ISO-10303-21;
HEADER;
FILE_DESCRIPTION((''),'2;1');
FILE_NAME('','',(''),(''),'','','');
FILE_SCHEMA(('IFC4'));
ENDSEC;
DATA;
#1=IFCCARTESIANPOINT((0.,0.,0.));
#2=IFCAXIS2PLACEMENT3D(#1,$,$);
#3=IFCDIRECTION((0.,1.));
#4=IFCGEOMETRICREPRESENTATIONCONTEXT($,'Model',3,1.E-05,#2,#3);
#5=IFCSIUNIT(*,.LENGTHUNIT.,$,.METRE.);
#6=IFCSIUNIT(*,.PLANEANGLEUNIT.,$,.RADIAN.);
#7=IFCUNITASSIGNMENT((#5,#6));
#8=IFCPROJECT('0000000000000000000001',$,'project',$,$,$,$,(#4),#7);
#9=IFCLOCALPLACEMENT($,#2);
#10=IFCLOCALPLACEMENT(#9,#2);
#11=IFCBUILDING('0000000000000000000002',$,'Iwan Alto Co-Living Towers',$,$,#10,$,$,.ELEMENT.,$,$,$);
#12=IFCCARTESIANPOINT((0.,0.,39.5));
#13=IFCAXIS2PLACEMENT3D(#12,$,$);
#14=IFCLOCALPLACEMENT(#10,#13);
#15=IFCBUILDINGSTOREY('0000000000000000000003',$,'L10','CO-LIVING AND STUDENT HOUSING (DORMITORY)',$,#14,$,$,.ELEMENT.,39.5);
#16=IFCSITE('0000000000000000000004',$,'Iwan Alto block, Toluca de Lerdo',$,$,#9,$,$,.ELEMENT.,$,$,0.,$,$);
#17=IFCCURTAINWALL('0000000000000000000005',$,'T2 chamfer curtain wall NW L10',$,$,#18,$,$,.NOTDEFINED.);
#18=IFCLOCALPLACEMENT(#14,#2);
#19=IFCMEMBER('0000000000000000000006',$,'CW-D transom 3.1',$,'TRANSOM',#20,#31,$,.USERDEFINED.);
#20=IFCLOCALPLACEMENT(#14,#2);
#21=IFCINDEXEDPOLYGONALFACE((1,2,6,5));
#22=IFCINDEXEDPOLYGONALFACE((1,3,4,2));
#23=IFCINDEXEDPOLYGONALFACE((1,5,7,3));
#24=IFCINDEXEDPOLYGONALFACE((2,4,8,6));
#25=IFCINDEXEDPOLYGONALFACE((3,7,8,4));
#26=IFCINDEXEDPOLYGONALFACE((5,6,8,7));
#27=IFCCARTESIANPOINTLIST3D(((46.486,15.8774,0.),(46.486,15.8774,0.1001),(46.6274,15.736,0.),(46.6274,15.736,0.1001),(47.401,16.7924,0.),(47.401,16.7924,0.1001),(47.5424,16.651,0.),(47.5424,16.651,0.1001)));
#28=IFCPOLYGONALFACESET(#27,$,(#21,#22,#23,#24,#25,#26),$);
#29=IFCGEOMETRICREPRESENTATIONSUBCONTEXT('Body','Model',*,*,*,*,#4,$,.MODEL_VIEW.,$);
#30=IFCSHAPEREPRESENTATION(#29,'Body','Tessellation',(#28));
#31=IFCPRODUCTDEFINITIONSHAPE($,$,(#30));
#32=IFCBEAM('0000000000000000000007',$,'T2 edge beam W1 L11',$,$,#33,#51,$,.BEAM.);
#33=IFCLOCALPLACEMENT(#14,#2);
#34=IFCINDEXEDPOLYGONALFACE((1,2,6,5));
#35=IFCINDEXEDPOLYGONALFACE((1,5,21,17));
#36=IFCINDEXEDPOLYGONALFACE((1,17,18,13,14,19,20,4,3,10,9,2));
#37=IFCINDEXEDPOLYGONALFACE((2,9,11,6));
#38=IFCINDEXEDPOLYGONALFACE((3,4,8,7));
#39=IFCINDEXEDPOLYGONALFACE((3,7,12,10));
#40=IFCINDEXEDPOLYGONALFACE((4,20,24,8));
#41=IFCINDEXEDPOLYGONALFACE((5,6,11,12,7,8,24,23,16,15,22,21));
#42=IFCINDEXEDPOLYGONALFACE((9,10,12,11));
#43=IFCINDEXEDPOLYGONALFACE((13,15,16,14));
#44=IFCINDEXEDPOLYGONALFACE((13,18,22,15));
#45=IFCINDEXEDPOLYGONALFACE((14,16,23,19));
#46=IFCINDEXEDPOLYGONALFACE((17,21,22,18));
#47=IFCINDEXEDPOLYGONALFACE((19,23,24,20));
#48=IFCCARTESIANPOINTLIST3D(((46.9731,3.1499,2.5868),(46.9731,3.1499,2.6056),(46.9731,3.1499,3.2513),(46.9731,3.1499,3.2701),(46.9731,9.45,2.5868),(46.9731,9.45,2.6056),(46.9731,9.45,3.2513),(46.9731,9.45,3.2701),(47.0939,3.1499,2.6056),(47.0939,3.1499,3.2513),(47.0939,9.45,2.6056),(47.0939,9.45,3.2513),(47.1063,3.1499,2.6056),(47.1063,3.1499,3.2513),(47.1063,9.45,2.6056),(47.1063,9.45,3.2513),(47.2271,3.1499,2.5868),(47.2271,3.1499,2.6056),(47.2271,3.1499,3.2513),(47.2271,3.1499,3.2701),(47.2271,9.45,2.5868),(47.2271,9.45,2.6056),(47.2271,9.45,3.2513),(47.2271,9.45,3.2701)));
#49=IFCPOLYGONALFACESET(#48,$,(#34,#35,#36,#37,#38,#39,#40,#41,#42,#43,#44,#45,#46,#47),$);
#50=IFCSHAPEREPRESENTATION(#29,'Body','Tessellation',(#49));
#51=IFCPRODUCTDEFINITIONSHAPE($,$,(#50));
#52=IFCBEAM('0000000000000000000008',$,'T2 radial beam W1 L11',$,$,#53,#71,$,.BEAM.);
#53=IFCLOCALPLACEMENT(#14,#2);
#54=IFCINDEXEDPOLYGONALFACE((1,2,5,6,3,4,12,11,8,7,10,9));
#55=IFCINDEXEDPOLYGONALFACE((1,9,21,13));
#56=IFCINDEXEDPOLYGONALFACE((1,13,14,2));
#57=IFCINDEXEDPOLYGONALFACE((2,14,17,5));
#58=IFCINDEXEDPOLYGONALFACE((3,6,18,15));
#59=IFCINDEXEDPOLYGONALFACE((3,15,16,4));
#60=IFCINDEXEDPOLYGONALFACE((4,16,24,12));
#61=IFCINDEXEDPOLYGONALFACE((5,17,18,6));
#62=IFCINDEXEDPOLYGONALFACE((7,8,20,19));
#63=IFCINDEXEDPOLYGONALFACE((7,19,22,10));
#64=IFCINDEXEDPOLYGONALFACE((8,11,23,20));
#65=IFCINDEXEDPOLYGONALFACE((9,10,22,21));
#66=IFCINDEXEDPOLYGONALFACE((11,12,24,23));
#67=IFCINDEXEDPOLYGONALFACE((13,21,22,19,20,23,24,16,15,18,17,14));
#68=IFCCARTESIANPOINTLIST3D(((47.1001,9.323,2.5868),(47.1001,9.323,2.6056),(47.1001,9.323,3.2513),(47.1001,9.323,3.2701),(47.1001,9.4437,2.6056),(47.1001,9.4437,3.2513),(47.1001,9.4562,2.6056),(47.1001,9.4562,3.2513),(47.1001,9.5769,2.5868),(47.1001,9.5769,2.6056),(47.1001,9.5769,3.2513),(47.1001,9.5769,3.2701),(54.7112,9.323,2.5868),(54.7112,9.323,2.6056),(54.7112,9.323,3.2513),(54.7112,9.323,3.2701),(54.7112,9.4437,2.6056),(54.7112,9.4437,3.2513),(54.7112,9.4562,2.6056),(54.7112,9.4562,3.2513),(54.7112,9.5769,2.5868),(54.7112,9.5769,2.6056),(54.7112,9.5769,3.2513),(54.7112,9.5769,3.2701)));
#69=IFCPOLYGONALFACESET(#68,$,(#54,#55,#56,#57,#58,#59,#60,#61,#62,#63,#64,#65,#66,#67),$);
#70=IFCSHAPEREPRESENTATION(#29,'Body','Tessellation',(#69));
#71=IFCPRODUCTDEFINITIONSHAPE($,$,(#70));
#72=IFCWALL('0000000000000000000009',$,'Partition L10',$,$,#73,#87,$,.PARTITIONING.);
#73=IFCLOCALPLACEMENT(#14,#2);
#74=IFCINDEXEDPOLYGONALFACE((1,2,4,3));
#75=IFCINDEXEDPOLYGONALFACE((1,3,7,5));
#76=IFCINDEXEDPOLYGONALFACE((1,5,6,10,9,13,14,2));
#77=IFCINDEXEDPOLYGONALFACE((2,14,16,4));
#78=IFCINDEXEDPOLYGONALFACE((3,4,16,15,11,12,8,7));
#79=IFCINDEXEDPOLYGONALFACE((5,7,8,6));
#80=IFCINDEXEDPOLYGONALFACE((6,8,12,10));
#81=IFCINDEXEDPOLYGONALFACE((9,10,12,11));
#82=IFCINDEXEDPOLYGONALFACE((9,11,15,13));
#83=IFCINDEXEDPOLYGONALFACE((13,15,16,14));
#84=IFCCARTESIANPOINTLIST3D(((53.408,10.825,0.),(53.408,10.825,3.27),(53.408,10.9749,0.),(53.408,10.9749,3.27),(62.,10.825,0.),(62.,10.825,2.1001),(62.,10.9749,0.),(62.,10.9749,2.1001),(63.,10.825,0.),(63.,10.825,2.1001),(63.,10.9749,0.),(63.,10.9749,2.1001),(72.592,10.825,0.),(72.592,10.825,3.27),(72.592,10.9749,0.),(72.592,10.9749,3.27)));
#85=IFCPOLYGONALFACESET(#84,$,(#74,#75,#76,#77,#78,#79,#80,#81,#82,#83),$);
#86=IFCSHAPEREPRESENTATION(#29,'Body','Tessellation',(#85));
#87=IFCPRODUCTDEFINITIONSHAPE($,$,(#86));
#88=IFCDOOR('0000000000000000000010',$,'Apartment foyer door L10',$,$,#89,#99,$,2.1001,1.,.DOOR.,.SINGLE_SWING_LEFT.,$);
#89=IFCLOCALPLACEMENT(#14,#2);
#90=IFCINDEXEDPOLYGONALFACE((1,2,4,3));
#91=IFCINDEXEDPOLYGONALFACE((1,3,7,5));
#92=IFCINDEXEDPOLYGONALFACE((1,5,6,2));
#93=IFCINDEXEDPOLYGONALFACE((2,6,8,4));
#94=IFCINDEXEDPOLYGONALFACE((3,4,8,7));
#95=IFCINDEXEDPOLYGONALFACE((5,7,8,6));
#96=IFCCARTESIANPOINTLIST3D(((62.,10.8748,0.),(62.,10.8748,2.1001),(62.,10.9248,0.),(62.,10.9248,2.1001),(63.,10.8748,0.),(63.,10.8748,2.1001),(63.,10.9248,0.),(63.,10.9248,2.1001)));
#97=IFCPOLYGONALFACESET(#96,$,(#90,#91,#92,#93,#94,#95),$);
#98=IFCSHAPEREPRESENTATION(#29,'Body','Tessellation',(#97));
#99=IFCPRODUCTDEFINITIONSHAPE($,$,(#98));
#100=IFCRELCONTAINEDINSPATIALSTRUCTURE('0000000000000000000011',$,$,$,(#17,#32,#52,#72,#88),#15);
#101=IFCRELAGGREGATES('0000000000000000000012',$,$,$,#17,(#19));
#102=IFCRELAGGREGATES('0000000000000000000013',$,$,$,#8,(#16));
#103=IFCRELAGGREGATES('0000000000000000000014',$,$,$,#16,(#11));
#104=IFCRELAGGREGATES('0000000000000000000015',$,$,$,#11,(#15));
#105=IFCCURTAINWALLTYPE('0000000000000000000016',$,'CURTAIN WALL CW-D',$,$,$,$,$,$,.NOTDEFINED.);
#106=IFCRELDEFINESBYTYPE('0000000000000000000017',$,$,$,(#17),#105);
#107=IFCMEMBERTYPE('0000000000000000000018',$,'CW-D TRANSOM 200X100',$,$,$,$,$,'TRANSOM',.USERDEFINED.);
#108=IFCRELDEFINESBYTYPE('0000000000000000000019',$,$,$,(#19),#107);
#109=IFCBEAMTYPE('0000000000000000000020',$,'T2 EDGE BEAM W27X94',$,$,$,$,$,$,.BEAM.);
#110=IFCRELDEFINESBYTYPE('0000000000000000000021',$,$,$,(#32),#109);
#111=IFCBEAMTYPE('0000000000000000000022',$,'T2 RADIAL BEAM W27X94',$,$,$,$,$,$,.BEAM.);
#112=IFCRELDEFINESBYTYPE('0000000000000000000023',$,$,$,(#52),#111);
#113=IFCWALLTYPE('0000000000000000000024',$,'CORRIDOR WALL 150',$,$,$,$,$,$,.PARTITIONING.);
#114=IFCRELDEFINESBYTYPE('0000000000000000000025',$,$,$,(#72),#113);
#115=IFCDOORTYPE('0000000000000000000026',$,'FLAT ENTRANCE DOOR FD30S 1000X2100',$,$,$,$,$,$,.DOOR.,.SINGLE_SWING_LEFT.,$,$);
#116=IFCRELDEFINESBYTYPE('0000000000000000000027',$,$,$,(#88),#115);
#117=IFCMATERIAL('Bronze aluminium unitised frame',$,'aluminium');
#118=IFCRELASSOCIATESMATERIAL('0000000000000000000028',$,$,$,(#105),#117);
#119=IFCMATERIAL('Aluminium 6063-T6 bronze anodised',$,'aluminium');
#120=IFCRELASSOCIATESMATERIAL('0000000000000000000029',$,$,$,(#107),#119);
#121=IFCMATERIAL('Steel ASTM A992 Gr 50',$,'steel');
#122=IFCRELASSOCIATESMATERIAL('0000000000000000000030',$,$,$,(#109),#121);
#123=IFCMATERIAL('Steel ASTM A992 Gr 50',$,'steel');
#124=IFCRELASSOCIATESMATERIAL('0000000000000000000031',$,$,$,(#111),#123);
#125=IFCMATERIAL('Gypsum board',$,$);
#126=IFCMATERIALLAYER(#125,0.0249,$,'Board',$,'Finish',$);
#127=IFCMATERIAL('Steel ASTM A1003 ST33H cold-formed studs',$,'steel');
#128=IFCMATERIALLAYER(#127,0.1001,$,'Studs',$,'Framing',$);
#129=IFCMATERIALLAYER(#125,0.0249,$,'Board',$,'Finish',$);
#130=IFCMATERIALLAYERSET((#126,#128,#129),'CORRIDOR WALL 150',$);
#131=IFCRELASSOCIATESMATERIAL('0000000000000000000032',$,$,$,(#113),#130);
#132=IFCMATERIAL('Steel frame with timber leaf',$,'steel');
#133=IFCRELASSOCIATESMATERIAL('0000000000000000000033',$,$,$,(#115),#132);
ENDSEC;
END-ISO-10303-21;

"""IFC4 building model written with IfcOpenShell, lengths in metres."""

from ifc_helpers import new_model, si_unit, direction, frame, frame_2d, origin, origin_2d, place, context, subcontext, project, spatial, rectangle, i_section, extrude, material, layer, layer_set, material_profile, profile_set, type_object, element, fill, aggregate, save


model = new_model("IFC4")

# Units and contexts
model_context = context("Model", 3, precision=1e-05, world=origin(), true_north=direction((0.0, 1.0)))
body_context = subcontext(model_context, "Body", "Model", "MODEL_VIEW")
ifc_project = project(units=[si_unit("LENGTHUNIT", "METRE"), si_unit("PLANEANGLEUNIT", "RADIAN")], contexts=[model_context])

# Site, building, storey
site_placement = place(None, origin())
site = spatial("IfcSite", under=ifc_project, at=site_placement, Name="Iwan Alto block, Toluca de Lerdo", CompositionType="ELEMENT", RefElevation=0.0)
building_placement = place(site_placement, origin())
building = spatial("IfcBuilding", under=site, at=building_placement, Name="Iwan Alto Co-Living Towers", CompositionType="ELEMENT")
storey_placement = place(building_placement, frame((0.0, 0.0, 39.5)))
storey = spatial("IfcBuildingStorey", under=building, at=storey_placement, Name="L10", Description="CO-LIVING AND STUDENT HOUSING (DORMITORY)", CompositionType="ELEMENT", Elevation=39.5)

# Curtain wall, member
ifc_material_1 = material(Name="Bronze aluminium unitised frame", Category="aluminium")
curtain_wall_type = type_object("IfcCurtainWallType", Name="CURTAIN WALL CW-D", PredefinedType="NOTDEFINED", material=ifc_material_1)
curtain_wall_placement = place(storey_placement, origin())
curtain_wall = element("IfcCurtainWall", 1, at=curtain_wall_placement, inside=storey, type_object=curtain_wall_type, Name="T2 chamfer curtain wall NW L10", PredefinedType="NOTDEFINED")
ifc_material_2 = material(Name="Aluminium 6063-T6 bronze anodised", Category="aluminium")
ifc_material_profile_1 = material_profile(ifc_material_2, rectangle(XDim=0.2, YDim=0.1001, at=origin_2d()), Name="AL 200X100")
ifc_profile_set_1 = profile_set([ifc_material_profile_1], Name="Aluminium 6063-T6 bronze anodised")
member_type = type_object("IfcMemberType", Name="CW-D TRANSOM 200X100", ElementType="TRANSOM", PredefinedType="USERDEFINED", material=ifc_profile_set_1)
member_placement = place(storey_placement, frame((47.4717, 16.7217, 0.05), z_axis=(-0.707107, -0.707107, 0.0), x_axis=(0.707107, -0.707107, 0.0)))
member = element("IfcMember", 2, at=member_placement, type_object=member_type, Name="CW-D transom 3.1", ObjectType="TRANSOM", PredefinedType="USERDEFINED", context=body_context, shape_type="SweptSolid", body=[
    extrude(rectangle(XDim=0.2, YDim=0.1001, at=origin_2d()), origin(), (0.0, 0.0, 1.0), 1.2939),
])
aggregate(curtain_wall, [member])

# Beams
ifc_material_3 = material(Name="Steel ASTM A992 Gr 50", Category="steel")
ifc_material_profile_2 = material_profile(ifc_material_3, i_section(OverallWidth=0.2539, OverallDepth=0.6833, WebThickness=0.0125, FlangeThickness=0.0188, at=origin_2d()), Name="W27X94")
ifc_profile_set_2 = profile_set([ifc_material_profile_2], Name="Steel ASTM A992 Gr 50")
beam_type_1 = type_object("IfcBeamType", Name="T2 EDGE BEAM W27X94", PredefinedType="BEAM", material=ifc_profile_set_2)
beam_1_placement = place(storey_placement, frame((47.1001, 9.45, 2.9285), z_axis=(0.0, -1.0, 0.0), x_axis=(1.0, 0.0, 0.0)))
element("IfcBeam", 3, at=beam_1_placement, inside=storey, type_object=beam_type_1, Name="T2 edge beam W1 L11", PredefinedType="BEAM", context=body_context, shape_type="SweptSolid", body=[
    extrude(i_section(OverallWidth=0.2539, OverallDepth=0.6833, WebThickness=0.0125, FlangeThickness=0.0188, at=origin_2d()), origin(), (0.0, 0.0, 1.0), 6.3),
])
ifc_material_4 = material(Name="Steel ASTM A992 Gr 50", Category="steel")
ifc_material_profile_3 = material_profile(ifc_material_4, i_section(OverallWidth=0.2539, OverallDepth=0.6833, WebThickness=0.0125, FlangeThickness=0.0188, at=origin_2d()), Name="W27X94")
ifc_profile_set_3 = profile_set([ifc_material_profile_3], Name="Steel ASTM A992 Gr 50")
beam_type_2 = type_object("IfcBeamType", Name="T2 RADIAL BEAM W27X94", PredefinedType="BEAM", material=ifc_profile_set_3)
beam_2_placement = place(storey_placement, frame((47.1001, 9.45, 2.9285), z_axis=(1.0, 0.0, 0.0), x_axis=(0.0, 1.0, 0.0)))
element("IfcBeam", 4, at=beam_2_placement, inside=storey, type_object=beam_type_2, Name="T2 radial beam W1 L11", PredefinedType="BEAM", context=body_context, shape_type="SweptSolid", body=[
    extrude(i_section(OverallWidth=0.2539, OverallDepth=0.6833, WebThickness=0.0125, FlangeThickness=0.0188, at=origin_2d()), origin(), (0.0, 0.0, 1.0), 7.6111),
])

# Wall, opening, door
ifc_material_5 = material(Name="Gypsum board")
ifc_layer_1 = layer(ifc_material_5, 0.0249, Name="Board", Category="Finish")
ifc_material_6 = material(Name="Steel ASTM A1003 ST33H cold-formed studs", Category="steel")
ifc_layer_2 = layer(ifc_material_6, 0.1001, Name="Studs", Category="Framing")
ifc_layer_3 = layer(ifc_material_5, 0.0249, Name="Board", Category="Finish")
ifc_layer_set_1 = layer_set([ifc_layer_1, ifc_layer_2, ifc_layer_3], Name="CORRIDOR WALL 150")
wall_type_1 = type_object("IfcWallType", Name="CORRIDOR WALL 150", PredefinedType="PARTITIONING", material=ifc_layer_set_1)
wall_1_placement = place(storey_placement, frame((53.408, 10.8999, 0.0), z_axis=(0.0, 0.0, 1.0), x_axis=(1.0, 0.0, 0.0)))
wall_1 = element("IfcWall", 5, at=wall_1_placement, inside=storey, type_object=wall_type_1, Name="Partition L10", PredefinedType="PARTITIONING", context=body_context, shape_type="SweptSolid", body=[
    extrude(rectangle(XDim=19.1841, YDim=0.1499, at=frame_2d((9.592, 0.0))), origin(), (0.0, 0.0, 1.0), 3.27),
])
opening_1_placement = place(wall_1_placement, frame((8.592, 0.0, 0.0)))
opening_1 = element("IfcOpeningElement", 6, at=opening_1_placement, cuts=wall_1, PredefinedType="OPENING", context=body_context, shape_type="SweptSolid", body=[
    extrude(rectangle(XDim=1.0, YDim=2.1001, at=frame_2d((0.5, 1.05))), frame((0.0, 0.085, 0.0), z_axis=(0.0, -1.0, 0.0), x_axis=(1.0, 0.0, 0.0)), (0.0, 0.0, 1.0), 0.1699),
])
ifc_material_7 = material(Name="Steel frame with timber leaf", Category="steel")
door_type_1 = type_object("IfcDoorType", Name="FLAT ENTRANCE DOOR FD30S 1000X2100", OperationType="SINGLE_SWING_LEFT", PredefinedType="DOOR", material=ifc_material_7)
door_1_placement = place(opening_1_placement, origin())
door_1 = element("IfcDoor", 7, at=door_1_placement, inside=storey, type_object=door_type_1, Name="Apartment foyer door L10", OperationType="SINGLE_SWING_LEFT", OverallHeight=2.1001, OverallWidth=1.0, PredefinedType="DOOR", context=body_context, shape_type="SweptSolid", body=[
    extrude(rectangle(XDim=1.0, YDim=2.1001, at=frame_2d((0.5, 1.05))), frame((0.0, 0.0249, 0.0), z_axis=(0.0, -1.0, 0.0), x_axis=(1.0, 0.0, 0.0)), (0.0, 0.0, 1.0), 0.05),
])
fill(opening_1, door_1)

save(model, "model.ifc")
